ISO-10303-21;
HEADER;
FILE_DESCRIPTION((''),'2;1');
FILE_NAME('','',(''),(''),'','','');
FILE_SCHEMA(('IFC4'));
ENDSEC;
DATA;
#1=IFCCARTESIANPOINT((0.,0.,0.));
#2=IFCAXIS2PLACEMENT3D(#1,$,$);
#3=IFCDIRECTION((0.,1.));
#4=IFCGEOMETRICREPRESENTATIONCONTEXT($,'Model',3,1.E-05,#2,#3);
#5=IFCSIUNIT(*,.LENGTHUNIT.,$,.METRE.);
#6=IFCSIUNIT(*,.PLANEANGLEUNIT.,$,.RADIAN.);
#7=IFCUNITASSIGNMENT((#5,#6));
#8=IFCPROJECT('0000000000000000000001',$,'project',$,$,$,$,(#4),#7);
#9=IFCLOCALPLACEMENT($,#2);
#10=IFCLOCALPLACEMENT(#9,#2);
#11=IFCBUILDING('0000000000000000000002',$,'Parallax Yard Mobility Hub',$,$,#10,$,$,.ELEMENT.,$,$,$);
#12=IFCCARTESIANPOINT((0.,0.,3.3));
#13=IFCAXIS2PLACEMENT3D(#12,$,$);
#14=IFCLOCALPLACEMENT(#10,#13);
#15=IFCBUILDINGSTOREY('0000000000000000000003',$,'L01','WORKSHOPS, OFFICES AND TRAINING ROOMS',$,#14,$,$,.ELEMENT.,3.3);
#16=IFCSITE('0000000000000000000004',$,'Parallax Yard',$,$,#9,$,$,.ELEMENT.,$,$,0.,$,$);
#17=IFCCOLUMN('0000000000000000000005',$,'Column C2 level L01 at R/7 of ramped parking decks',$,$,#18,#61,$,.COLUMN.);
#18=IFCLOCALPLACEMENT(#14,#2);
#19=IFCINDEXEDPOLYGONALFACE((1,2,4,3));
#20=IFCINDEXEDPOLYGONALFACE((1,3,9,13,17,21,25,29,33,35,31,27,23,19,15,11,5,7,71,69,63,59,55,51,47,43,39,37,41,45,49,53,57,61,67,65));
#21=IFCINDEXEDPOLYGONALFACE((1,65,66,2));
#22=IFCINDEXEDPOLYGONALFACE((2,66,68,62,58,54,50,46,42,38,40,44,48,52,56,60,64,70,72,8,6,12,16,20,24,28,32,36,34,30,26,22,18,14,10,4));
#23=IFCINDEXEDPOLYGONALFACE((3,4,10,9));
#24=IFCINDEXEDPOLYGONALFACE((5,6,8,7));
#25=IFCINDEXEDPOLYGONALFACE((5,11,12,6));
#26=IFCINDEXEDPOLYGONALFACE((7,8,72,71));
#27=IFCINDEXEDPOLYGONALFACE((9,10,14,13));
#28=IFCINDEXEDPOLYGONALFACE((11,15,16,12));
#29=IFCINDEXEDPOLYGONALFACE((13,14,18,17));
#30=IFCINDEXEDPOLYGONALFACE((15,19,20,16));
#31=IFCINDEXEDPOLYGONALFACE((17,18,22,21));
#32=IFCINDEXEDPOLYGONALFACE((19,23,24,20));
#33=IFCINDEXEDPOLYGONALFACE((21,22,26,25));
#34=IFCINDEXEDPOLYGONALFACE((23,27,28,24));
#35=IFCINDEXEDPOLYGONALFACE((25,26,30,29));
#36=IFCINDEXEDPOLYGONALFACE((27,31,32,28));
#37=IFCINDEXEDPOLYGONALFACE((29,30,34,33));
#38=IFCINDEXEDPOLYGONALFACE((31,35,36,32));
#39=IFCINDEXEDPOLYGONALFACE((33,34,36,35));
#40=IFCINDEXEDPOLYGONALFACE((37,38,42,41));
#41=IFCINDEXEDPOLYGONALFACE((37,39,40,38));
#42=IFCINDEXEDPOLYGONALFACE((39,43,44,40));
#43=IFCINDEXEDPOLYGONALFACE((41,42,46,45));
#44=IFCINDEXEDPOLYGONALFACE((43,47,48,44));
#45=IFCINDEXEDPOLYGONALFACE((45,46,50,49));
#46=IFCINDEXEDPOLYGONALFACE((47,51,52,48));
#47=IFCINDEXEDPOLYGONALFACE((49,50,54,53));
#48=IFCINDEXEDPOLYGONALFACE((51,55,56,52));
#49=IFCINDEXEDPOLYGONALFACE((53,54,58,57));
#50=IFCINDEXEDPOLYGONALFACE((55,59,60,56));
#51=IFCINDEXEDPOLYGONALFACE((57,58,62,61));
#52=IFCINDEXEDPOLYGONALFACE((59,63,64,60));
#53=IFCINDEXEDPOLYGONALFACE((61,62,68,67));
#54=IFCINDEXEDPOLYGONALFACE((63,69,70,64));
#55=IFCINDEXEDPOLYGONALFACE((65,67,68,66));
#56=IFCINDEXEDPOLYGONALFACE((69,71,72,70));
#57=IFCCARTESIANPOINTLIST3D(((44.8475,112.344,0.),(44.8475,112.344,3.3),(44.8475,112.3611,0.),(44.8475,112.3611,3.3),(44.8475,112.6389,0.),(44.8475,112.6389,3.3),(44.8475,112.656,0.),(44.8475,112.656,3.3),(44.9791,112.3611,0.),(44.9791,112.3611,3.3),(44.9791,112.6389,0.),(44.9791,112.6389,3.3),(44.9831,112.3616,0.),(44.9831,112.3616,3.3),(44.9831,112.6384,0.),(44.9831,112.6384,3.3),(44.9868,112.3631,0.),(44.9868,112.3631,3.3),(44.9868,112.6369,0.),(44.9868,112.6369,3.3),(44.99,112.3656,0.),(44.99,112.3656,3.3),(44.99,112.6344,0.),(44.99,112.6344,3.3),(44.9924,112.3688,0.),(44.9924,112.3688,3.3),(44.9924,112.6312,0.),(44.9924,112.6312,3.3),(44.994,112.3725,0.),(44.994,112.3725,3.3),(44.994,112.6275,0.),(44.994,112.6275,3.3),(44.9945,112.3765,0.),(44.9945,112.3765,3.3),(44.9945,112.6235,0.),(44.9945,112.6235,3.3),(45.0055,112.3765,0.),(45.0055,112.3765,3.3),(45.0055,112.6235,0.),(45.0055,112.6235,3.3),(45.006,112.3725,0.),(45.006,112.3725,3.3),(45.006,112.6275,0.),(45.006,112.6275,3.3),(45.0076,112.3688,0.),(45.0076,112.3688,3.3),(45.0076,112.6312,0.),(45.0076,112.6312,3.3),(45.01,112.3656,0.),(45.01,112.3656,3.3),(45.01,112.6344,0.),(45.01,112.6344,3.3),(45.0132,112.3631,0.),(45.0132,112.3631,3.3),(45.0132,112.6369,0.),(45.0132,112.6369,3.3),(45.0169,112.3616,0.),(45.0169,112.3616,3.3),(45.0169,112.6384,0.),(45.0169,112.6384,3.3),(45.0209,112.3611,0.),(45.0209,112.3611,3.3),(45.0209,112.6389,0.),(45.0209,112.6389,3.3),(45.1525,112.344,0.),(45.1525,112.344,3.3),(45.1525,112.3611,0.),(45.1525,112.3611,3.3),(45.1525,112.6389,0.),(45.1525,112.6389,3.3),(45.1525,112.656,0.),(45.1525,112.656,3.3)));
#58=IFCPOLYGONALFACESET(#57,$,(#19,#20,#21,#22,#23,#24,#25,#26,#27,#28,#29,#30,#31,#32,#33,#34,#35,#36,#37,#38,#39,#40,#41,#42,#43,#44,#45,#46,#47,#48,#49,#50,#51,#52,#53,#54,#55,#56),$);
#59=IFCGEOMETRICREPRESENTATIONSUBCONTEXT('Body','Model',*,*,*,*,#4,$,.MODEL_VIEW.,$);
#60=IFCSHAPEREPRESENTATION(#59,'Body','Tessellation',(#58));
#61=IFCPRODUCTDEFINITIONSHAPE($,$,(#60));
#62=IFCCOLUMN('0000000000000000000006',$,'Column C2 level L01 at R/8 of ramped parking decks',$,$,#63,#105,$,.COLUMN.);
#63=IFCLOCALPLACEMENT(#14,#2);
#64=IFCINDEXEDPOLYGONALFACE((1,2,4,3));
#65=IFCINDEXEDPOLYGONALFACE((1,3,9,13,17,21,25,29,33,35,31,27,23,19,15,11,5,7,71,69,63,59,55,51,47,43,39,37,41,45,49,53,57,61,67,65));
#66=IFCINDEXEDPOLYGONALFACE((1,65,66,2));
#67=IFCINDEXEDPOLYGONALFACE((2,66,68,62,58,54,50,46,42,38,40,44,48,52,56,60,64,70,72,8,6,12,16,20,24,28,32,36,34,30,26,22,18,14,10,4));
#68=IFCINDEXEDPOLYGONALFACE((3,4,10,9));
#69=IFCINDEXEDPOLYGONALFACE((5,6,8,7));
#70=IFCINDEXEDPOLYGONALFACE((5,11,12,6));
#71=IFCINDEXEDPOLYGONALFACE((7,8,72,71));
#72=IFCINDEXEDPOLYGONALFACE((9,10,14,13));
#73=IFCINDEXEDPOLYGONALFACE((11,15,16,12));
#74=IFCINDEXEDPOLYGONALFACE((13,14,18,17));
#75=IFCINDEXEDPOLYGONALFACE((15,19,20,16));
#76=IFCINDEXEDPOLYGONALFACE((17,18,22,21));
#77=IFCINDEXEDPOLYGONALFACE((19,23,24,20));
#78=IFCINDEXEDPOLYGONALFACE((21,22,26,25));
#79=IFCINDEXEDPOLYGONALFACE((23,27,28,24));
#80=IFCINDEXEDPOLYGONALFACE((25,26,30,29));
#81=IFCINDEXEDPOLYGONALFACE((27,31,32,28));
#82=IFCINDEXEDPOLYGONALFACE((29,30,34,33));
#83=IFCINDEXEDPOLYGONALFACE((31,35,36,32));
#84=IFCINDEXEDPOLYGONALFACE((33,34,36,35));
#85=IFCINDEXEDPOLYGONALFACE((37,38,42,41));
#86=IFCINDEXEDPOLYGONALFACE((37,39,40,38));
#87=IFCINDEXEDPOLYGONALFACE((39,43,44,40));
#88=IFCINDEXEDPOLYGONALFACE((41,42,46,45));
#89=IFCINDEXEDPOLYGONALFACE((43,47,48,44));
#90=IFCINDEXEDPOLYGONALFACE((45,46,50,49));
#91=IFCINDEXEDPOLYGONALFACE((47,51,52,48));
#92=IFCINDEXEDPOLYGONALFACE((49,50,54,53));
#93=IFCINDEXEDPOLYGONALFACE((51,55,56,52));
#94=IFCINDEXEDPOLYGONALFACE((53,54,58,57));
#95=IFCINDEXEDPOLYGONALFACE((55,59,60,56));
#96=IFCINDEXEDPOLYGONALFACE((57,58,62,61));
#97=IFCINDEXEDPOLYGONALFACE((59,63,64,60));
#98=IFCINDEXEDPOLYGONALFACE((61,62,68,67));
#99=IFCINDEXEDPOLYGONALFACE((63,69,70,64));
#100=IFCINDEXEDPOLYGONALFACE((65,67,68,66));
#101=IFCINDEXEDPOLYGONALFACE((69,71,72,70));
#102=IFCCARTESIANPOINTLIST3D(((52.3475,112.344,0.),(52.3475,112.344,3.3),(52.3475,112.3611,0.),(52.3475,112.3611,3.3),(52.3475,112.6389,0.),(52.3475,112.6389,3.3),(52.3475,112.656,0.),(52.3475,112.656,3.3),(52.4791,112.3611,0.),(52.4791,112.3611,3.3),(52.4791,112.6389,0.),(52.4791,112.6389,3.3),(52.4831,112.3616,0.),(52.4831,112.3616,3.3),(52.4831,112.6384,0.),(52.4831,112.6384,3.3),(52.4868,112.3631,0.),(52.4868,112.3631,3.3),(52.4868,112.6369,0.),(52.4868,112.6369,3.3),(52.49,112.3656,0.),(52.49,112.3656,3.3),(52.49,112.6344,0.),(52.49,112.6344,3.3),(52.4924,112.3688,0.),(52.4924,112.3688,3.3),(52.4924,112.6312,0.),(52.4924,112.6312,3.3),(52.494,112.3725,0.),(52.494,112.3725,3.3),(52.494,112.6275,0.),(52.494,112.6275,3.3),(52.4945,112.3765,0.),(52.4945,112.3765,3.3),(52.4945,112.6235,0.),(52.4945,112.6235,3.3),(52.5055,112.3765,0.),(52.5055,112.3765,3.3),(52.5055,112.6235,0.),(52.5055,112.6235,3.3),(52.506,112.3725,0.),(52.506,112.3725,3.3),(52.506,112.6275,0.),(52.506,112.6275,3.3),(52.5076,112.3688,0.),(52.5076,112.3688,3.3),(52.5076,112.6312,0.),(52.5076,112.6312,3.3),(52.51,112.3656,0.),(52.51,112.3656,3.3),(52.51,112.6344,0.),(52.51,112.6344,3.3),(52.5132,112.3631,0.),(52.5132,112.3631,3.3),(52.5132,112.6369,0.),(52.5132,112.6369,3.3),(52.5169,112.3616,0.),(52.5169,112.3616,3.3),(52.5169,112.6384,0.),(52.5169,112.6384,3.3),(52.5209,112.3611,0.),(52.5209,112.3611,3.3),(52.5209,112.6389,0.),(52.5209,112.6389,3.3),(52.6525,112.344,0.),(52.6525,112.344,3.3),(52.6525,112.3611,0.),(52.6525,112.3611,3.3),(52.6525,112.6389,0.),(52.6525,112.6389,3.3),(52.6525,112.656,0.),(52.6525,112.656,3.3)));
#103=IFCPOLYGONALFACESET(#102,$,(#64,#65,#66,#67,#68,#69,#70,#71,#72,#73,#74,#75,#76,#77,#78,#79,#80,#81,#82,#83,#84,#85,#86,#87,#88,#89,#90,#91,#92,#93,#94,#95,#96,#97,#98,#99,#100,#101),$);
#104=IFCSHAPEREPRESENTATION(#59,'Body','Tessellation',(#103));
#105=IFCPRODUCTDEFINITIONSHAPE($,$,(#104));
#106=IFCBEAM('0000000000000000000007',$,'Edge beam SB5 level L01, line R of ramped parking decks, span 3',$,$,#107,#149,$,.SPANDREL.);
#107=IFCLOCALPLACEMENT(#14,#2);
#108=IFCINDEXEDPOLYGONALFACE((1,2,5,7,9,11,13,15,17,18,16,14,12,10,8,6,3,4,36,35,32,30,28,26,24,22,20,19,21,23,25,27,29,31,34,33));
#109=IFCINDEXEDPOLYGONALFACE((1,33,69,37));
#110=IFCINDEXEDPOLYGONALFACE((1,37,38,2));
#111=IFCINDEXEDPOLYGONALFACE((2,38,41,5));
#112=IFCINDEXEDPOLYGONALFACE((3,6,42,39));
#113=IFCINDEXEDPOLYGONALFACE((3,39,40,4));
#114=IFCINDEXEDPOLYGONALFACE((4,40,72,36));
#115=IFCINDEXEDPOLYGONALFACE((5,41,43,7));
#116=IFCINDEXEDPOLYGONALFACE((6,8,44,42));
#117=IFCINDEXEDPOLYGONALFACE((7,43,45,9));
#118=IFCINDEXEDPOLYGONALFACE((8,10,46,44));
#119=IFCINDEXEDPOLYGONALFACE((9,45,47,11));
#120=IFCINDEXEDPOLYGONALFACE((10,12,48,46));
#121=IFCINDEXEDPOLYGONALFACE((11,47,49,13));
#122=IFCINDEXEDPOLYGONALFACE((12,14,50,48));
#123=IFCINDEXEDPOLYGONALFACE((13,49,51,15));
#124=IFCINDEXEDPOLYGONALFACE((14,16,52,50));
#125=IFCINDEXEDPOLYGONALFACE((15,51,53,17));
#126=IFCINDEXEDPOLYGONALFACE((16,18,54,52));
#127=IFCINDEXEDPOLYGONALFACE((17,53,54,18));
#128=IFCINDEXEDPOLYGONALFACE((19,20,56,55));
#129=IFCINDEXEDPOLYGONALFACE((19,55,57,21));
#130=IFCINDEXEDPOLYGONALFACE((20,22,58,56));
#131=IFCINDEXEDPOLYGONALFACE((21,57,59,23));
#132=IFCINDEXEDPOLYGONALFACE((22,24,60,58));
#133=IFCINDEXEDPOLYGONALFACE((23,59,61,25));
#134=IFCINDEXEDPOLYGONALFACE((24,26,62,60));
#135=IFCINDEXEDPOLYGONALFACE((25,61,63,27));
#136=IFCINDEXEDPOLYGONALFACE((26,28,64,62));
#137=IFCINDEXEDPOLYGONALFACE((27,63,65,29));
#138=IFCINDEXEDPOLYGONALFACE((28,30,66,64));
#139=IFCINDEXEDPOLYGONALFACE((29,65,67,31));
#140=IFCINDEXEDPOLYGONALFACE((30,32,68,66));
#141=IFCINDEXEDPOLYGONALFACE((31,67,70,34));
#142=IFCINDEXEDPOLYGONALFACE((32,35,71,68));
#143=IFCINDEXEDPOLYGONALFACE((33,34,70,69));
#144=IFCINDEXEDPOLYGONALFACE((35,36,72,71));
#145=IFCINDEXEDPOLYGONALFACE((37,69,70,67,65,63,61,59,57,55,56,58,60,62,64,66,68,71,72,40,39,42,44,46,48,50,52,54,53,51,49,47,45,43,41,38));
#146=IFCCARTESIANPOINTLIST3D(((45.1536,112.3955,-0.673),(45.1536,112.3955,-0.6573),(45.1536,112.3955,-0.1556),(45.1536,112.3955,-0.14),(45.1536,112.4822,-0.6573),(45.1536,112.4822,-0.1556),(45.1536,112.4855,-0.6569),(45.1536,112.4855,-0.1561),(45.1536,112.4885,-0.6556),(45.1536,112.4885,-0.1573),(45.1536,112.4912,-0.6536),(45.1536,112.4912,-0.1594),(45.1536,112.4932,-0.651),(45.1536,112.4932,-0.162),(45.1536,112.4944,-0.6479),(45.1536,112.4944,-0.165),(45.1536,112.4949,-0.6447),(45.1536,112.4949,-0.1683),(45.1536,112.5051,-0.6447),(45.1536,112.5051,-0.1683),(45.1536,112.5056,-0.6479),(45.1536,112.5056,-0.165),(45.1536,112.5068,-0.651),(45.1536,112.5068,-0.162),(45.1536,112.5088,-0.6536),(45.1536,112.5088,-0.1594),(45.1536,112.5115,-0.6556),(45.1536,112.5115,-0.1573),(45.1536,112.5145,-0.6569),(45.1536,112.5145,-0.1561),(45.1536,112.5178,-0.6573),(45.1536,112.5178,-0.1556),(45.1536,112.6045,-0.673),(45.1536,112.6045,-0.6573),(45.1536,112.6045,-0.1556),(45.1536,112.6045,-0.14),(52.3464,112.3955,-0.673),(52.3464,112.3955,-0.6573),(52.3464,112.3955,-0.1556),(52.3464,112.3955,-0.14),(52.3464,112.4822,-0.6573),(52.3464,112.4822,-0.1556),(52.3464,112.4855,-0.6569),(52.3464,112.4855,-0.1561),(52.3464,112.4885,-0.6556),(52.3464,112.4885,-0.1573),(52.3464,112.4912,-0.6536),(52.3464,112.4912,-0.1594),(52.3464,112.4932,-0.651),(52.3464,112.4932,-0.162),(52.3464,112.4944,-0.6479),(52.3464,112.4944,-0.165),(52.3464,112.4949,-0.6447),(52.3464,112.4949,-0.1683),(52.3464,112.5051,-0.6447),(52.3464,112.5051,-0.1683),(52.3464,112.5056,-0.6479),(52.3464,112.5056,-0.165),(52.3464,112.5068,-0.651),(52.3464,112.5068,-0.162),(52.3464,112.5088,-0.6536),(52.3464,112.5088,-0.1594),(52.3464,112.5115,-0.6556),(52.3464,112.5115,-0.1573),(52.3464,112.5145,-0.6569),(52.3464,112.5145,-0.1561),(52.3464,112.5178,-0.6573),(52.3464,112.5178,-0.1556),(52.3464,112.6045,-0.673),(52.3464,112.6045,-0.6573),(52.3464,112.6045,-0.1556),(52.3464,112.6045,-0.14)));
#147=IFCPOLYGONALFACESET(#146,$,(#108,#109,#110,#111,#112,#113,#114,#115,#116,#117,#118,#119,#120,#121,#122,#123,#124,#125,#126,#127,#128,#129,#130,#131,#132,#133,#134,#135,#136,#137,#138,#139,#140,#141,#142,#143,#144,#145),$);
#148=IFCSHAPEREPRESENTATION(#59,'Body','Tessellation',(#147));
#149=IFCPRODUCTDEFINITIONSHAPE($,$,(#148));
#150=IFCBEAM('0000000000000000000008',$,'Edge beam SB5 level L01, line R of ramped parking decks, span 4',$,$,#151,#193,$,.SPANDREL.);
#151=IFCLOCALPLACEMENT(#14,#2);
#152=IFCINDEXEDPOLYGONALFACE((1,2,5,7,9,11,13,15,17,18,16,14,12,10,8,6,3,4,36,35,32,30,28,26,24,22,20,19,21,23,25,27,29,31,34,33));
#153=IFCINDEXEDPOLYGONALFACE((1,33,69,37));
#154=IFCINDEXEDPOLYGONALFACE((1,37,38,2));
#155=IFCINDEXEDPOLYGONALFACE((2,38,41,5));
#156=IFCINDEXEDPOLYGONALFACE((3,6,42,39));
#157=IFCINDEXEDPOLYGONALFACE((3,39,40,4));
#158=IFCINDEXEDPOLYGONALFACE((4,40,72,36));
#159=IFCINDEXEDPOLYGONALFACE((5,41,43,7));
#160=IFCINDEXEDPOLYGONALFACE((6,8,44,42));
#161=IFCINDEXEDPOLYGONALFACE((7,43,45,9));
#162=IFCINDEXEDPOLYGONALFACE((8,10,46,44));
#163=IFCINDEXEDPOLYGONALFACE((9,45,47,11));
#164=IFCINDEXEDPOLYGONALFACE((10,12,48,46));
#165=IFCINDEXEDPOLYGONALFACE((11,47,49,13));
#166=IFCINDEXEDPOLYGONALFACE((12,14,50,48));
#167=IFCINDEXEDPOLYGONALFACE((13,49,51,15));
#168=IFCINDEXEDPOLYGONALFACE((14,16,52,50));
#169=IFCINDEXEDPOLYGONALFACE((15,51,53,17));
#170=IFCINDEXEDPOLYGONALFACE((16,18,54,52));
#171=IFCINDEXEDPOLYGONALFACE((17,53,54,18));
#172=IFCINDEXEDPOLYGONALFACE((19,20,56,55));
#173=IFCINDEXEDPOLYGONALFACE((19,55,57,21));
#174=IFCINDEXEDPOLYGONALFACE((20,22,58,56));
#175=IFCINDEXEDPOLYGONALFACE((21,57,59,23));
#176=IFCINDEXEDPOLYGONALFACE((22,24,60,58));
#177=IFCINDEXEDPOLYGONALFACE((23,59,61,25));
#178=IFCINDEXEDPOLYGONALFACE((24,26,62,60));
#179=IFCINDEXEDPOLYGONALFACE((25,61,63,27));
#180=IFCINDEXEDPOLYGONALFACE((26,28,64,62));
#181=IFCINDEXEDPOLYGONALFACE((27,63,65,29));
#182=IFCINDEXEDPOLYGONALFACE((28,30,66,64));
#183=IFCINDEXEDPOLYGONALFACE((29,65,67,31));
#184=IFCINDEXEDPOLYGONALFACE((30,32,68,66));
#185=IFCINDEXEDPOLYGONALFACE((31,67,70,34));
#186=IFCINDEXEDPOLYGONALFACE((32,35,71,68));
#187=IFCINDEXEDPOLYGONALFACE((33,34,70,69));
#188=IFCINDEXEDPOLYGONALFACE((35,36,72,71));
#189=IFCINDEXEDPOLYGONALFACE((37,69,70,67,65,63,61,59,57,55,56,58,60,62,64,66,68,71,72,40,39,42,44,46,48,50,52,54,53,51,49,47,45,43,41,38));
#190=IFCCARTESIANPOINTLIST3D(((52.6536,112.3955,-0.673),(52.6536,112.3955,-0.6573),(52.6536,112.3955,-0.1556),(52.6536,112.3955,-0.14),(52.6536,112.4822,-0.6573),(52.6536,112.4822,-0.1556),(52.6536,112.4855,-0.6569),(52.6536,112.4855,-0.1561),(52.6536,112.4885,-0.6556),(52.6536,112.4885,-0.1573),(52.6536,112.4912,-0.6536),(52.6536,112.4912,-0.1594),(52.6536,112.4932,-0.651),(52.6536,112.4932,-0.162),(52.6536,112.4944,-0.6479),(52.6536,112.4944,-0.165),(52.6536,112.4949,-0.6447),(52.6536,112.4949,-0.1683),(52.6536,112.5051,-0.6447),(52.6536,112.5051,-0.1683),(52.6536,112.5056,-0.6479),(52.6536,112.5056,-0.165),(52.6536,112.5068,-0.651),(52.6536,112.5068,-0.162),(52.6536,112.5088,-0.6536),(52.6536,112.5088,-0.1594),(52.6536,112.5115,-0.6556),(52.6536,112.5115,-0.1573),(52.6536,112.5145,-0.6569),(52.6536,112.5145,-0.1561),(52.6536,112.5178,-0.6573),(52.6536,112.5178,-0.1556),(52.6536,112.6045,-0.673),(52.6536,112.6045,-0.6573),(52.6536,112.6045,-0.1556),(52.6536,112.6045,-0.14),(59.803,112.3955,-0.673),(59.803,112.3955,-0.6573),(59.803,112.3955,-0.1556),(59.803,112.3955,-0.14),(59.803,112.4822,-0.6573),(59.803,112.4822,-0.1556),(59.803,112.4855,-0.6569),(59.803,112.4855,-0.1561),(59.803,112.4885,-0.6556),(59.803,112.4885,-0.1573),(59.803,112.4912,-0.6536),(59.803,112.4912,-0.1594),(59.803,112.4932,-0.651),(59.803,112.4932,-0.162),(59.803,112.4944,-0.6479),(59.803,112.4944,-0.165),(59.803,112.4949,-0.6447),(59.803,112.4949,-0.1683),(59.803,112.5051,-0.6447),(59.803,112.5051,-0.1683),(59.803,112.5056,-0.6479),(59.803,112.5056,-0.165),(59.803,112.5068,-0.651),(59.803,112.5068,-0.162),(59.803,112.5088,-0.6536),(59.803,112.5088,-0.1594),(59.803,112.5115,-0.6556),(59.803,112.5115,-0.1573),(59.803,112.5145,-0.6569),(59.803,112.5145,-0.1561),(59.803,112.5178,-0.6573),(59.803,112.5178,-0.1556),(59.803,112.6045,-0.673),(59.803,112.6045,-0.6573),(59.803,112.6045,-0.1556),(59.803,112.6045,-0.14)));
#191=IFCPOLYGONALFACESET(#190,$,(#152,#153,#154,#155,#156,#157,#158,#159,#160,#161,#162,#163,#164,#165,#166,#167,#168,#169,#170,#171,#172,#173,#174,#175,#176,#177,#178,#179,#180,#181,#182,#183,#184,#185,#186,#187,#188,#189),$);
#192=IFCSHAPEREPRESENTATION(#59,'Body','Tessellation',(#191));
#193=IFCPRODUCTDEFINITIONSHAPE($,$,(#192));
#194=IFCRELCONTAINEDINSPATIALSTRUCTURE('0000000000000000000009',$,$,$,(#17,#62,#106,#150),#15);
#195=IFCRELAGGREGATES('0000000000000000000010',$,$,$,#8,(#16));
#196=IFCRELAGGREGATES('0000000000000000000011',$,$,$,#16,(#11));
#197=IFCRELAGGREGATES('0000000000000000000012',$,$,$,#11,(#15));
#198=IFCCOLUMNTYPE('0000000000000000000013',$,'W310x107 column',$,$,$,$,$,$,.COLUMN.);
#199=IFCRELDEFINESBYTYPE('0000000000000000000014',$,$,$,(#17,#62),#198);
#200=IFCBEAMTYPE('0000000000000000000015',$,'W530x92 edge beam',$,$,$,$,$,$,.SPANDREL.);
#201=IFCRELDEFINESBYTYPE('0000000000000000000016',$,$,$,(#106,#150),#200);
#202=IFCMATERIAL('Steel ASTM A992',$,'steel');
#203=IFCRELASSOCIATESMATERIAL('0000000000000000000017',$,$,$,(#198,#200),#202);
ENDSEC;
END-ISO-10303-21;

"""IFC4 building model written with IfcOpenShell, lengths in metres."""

from ifc_helpers import new_model, si_unit, direction, frame, origin, origin_2d, place, context, subcontext, project, spatial, i_section, extrude, material, material_profile, profile_set, type_object, element, save


model = new_model("IFC4")

# Units and contexts
model_context = context("Model", 3, precision=1e-05, world=origin(), true_north=direction((0.0, 1.0)))
body_context = subcontext(model_context, "Body", "Model", "MODEL_VIEW")
ifc_project = project(units=[si_unit("LENGTHUNIT", "METRE"), si_unit("PLANEANGLEUNIT", "RADIAN")], contexts=[model_context])

# Site, building, storey
site_placement = place(None, origin())
site = spatial("IfcSite", under=ifc_project, at=site_placement, Name="Parallax Yard", CompositionType="ELEMENT", RefElevation=0.0)
building_placement = place(site_placement, origin())
building = spatial("IfcBuilding", under=site, at=building_placement, Name="Parallax Yard Mobility Hub", CompositionType="ELEMENT")
storey_placement = place(building_placement, frame((0.0, 0.0, 3.3)))
storey = spatial("IfcBuildingStorey", under=building, at=storey_placement, Name="L01", Description="WORKSHOPS, OFFICES AND TRAINING ROOMS", CompositionType="ELEMENT", Elevation=3.3)

# Columns
ifc_material_1 = material(Name="Steel ASTM A992", Category="steel")
ifc_material_profile_1 = material_profile(ifc_material_1, i_section(OverallWidth=0.3049, OverallDepth=0.312, WebThickness=0.011, FlangeThickness=0.0171, FilletRadius=0.0154, at=origin_2d()), Name="W310x107")
ifc_profile_set_1 = profile_set([ifc_material_profile_1], Name="Steel ASTM A992")
column_type = type_object("IfcColumnType", Name="W310x107 column", PredefinedType="COLUMN", material=ifc_profile_set_1)
for number, where, z_axis, x_axis, name in (
    (1, (45.0, 112.5, 0.0), (0.0, 0.0, 1.0), (1.0, 0.0, 0.0), "Column C2 level L01 at R/7 of ramped parking decks"),
    (2, (52.5, 112.5, 0.0), (0.0, 0.0, 1.0), (1.0, 0.0, 0.0), "Column C2 level L01 at R/8 of ramped parking decks"),
):
    element("IfcColumn", number, at=place(storey_placement, frame(where, z_axis=z_axis, x_axis=x_axis)), inside=storey, type_object=column_type, Name=name, PredefinedType="COLUMN", context=body_context, shape_type="SweptSolid", body=[
        extrude(i_section(OverallWidth=0.3049, OverallDepth=0.312, WebThickness=0.011, FlangeThickness=0.0171, FilletRadius=0.0154, at=origin_2d()), origin(), (0.0, 0.0, 1.0), 3.3),
    ])

# Beams
ifc_material_profile_2 = material_profile(ifc_material_1, i_section(OverallWidth=0.209, OverallDepth=0.533, WebThickness=0.0103, FlangeThickness=0.0156, FilletRadius=0.0127, at=origin_2d()), Name="W530x92")
ifc_profile_set_2 = profile_set([ifc_material_profile_2], Name="Steel ASTM A992")
beam_type = type_object("IfcBeamType", Name="W530x92 edge beam", PredefinedType="SPANDREL", material=ifc_profile_set_2)
beam_1_placement = place(storey_placement, frame((45.1536, 112.5, -0.4065), z_axis=(1.0, 0.0, 0.0), x_axis=(0.0, 1.0, 0.0)))
element("IfcBeam", 3, at=beam_1_placement, inside=storey, type_object=beam_type, Name="Edge beam SB5 level L01, line R of ramped parking decks, span 3", PredefinedType="SPANDREL", context=body_context, shape_type="SweptSolid", body=[
    extrude(i_section(OverallWidth=0.209, OverallDepth=0.533, WebThickness=0.0103, FlangeThickness=0.0156, FilletRadius=0.0127, at=origin_2d()), origin(), (0.0, 0.0, 1.0), 7.1929),
])
beam_2_placement = place(storey_placement, frame((52.6536, 112.5, -0.4065), z_axis=(1.0, 0.0, 0.0), x_axis=(0.0, 1.0, 0.0)))
element("IfcBeam", 4, at=beam_2_placement, inside=storey, type_object=beam_type, Name="Edge beam SB5 level L01, line R of ramped parking decks, span 4", PredefinedType="SPANDREL", context=body_context, shape_type="SweptSolid", body=[
    extrude(i_section(OverallWidth=0.209, OverallDepth=0.533, WebThickness=0.0103, FlangeThickness=0.0156, FilletRadius=0.0127, at=origin_2d()), origin(), (0.0, 0.0, 1.0), 7.1494),
])

save(model, "model.ifc")
